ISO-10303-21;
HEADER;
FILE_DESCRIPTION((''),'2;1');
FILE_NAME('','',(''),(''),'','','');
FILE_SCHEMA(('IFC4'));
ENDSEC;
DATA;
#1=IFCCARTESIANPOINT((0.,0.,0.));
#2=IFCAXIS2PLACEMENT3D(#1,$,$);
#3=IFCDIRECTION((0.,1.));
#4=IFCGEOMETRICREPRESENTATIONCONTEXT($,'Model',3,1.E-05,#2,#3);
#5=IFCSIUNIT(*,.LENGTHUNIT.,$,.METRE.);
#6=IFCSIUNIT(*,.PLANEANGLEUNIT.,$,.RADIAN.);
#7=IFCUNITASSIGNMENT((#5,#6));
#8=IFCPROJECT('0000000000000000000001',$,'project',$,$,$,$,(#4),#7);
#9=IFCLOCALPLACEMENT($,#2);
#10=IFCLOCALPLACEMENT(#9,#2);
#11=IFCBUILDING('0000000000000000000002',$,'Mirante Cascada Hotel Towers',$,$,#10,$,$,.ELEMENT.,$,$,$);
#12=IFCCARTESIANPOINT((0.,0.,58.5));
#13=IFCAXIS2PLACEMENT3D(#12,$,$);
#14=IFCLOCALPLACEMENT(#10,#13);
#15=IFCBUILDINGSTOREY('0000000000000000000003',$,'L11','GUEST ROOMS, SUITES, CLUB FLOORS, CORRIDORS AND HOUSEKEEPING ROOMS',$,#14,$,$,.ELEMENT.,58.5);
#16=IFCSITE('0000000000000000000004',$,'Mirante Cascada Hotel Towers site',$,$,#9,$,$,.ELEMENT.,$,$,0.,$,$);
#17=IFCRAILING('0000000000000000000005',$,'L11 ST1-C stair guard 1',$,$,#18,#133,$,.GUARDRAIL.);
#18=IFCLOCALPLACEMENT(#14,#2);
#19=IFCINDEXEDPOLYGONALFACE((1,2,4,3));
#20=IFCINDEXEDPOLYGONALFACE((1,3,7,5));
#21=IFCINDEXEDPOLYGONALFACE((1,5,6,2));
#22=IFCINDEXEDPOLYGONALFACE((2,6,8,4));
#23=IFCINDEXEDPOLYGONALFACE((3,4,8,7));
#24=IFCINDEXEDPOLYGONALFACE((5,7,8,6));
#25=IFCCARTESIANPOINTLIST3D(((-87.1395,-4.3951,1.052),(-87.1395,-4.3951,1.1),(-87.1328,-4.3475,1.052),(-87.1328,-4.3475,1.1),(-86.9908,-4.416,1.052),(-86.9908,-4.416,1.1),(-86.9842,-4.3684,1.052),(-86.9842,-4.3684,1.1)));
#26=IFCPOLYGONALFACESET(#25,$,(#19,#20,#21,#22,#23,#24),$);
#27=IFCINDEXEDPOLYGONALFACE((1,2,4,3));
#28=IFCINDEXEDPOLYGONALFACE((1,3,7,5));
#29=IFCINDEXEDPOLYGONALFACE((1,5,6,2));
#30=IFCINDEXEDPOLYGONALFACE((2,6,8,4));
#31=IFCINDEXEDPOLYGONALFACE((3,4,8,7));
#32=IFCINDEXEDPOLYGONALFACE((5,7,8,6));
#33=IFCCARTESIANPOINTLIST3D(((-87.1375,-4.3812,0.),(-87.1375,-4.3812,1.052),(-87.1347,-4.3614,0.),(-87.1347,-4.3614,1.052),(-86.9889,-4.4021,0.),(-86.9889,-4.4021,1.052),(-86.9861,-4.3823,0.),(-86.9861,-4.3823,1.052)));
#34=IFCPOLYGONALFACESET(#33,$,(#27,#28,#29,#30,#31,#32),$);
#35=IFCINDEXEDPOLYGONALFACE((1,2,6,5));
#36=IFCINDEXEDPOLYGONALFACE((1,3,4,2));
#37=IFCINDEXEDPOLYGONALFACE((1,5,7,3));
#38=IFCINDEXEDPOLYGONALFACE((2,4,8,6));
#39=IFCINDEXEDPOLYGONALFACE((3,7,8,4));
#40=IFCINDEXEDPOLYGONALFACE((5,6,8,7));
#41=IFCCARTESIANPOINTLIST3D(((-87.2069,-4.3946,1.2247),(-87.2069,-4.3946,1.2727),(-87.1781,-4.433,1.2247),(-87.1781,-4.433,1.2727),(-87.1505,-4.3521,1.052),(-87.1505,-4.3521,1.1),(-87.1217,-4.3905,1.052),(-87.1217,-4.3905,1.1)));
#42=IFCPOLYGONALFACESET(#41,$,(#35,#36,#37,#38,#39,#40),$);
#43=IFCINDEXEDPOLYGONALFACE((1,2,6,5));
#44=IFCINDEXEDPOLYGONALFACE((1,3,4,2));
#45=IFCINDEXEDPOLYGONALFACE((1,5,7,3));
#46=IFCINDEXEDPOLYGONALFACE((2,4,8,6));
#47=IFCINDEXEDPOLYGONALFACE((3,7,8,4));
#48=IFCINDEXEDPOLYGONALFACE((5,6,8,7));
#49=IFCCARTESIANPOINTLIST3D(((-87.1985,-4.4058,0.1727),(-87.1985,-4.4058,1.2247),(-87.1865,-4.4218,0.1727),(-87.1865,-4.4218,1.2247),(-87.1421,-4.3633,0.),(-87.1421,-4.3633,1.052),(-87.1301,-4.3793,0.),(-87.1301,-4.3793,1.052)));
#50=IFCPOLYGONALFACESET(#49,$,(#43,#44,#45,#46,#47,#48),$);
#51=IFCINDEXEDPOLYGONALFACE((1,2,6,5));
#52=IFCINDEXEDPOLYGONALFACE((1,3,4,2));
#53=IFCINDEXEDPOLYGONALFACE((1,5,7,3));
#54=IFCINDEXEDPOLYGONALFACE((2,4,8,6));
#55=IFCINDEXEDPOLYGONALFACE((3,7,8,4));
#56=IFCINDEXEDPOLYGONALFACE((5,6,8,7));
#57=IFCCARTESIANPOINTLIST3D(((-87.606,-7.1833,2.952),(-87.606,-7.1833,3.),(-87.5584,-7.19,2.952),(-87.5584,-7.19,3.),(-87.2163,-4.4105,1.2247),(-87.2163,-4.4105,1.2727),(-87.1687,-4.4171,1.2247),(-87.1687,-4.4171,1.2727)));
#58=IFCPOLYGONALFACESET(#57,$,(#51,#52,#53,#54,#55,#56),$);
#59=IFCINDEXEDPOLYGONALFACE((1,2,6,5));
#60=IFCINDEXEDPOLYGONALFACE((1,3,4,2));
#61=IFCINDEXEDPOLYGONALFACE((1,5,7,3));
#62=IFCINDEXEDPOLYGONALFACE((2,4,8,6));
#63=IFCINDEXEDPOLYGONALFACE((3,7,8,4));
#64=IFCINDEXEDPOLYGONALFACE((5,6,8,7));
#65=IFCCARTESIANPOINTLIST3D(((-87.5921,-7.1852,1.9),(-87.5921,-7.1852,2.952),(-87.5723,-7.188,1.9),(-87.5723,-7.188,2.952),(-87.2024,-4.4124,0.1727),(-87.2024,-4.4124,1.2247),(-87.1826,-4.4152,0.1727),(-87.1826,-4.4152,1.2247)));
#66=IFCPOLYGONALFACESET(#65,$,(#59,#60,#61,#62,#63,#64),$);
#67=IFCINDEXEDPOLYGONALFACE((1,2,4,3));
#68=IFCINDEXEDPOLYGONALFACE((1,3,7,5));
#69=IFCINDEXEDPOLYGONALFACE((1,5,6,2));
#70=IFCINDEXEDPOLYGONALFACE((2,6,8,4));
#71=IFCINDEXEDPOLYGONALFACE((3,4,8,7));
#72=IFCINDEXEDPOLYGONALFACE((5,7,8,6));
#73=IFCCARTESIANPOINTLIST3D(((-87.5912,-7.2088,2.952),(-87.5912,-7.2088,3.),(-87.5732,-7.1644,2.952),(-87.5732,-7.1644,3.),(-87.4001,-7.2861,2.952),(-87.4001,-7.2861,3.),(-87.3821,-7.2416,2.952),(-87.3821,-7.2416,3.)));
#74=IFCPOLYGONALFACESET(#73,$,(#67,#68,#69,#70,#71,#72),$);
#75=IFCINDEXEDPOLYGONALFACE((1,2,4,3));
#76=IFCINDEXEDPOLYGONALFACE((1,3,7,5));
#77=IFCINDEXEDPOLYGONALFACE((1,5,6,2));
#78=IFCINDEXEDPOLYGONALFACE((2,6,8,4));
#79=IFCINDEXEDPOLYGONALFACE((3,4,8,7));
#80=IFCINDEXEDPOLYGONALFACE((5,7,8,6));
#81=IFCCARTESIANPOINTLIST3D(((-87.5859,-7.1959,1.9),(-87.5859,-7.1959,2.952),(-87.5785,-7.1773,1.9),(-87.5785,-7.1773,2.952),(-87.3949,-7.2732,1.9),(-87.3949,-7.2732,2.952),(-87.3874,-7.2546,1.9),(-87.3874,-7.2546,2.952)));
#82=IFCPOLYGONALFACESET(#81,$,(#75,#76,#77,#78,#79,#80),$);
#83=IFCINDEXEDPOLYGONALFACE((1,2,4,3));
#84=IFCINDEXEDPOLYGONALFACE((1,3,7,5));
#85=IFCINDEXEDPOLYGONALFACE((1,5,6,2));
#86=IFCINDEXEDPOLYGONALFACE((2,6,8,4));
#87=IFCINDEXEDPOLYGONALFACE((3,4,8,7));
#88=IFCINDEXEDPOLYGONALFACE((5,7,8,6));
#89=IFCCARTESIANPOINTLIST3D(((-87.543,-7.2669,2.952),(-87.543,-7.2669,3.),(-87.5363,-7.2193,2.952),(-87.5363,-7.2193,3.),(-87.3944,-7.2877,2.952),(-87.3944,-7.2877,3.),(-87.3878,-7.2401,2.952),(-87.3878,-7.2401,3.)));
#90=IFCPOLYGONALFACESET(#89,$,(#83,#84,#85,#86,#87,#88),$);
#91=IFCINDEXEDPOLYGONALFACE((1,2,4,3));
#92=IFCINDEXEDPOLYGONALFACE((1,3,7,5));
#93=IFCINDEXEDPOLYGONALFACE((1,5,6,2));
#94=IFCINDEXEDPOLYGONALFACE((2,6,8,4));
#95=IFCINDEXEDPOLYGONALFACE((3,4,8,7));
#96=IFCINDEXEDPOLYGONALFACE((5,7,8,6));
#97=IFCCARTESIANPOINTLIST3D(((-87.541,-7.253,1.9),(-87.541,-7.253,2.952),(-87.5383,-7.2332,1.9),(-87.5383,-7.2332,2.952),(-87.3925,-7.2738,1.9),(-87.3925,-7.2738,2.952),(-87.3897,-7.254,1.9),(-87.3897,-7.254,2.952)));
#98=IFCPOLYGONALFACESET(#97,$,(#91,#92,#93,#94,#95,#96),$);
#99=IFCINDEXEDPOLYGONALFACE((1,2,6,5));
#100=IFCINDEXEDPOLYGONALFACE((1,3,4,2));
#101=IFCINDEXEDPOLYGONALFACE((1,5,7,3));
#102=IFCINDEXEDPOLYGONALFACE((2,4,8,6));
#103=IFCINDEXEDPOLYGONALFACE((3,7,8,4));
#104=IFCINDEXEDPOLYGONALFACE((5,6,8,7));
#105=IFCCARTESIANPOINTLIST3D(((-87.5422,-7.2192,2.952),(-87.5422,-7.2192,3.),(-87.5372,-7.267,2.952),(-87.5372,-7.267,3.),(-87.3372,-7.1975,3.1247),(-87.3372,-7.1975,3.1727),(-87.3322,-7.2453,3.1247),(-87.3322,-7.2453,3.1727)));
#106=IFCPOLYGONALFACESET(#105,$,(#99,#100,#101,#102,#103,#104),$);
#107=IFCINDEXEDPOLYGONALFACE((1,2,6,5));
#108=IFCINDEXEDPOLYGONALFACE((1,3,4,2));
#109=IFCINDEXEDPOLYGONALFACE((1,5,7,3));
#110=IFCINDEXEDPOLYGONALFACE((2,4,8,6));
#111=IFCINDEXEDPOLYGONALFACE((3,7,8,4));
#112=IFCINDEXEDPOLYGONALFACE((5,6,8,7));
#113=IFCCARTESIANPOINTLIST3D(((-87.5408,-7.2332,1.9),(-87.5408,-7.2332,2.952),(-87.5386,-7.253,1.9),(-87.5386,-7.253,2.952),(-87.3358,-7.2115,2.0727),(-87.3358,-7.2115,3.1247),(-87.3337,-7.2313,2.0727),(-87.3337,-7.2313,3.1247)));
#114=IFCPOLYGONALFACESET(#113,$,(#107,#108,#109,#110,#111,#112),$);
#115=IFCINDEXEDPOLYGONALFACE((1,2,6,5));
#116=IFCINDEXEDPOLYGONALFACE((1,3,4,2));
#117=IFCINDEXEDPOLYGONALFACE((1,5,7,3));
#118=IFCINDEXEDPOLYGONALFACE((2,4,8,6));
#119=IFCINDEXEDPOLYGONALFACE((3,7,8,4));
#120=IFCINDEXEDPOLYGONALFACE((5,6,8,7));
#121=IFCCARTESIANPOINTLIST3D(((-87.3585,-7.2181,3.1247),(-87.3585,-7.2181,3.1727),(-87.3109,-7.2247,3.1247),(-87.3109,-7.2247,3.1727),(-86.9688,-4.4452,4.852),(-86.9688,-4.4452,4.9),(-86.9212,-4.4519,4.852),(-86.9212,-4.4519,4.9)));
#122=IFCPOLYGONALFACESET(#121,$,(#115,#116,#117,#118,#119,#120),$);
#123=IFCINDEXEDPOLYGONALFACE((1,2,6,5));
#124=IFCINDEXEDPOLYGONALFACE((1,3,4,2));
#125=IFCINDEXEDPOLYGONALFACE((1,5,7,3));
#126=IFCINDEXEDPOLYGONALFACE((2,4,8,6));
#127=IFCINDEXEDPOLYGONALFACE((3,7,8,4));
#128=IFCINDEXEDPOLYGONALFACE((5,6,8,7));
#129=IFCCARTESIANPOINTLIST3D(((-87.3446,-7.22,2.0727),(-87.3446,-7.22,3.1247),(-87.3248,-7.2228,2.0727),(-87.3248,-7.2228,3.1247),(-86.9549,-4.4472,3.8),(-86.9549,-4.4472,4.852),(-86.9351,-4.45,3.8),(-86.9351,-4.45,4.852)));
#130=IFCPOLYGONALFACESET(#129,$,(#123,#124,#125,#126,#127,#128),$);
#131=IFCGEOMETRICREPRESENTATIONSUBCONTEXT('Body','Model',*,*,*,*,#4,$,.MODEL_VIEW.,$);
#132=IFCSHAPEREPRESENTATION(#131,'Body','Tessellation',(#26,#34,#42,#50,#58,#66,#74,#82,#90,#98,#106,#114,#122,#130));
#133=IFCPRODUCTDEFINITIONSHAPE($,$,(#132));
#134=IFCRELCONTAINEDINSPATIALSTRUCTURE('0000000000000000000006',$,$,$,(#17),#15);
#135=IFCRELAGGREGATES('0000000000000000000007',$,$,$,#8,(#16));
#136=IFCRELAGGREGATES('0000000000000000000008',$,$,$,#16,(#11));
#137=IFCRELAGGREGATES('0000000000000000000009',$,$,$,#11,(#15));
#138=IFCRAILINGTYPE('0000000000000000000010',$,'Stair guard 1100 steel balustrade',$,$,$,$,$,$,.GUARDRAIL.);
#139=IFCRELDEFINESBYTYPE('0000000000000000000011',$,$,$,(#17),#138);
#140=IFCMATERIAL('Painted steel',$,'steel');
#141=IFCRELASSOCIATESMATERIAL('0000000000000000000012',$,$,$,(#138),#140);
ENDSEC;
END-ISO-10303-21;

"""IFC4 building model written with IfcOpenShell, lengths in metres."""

from ifc_helpers import new_model, si_unit, direction, frame, origin, origin_2d, place, context, subcontext, project, spatial, rectangle, extrude, material, type_object, element, save


model = new_model("IFC4")

# Units and contexts
model_context = context("Model", 3, precision=1e-05, world=origin(), true_north=direction((0.0, 1.0)))
body_context = subcontext(model_context, "Body", "Model", "MODEL_VIEW")
ifc_project = project(units=[si_unit("LENGTHUNIT", "METRE"), si_unit("PLANEANGLEUNIT", "RADIAN")], contexts=[model_context])

# Site, building, storey
site_placement = place(None, origin())
site = spatial("IfcSite", under=ifc_project, at=site_placement, Name="Mirante Cascada Hotel Towers site", CompositionType="ELEMENT", RefElevation=0.0)
building_placement = place(site_placement, origin())
building = spatial("IfcBuilding", under=site, at=building_placement, Name="Mirante Cascada Hotel Towers", CompositionType="ELEMENT")
storey_placement = place(building_placement, frame((0.0, 0.0, 58.5)))
storey = spatial("IfcBuildingStorey", under=building, at=storey_placement, Name="L11", Description="GUEST ROOMS, SUITES, CLUB FLOORS, CORRIDORS AND HOUSEKEEPING ROOMS", CompositionType="ELEMENT", Elevation=58.5)

# Railing
ifc_material_1 = material(Name="Painted steel", Category="steel")
railing_type = type_object("IfcRailingType", Name="Stair guard 1100 steel balustrade", PredefinedType="GUARDRAIL", material=ifc_material_1)
railing_placement = place(storey_placement, frame((-86.9875, -4.3922, 0.0)))
element("IfcRailing", 1, at=railing_placement, inside=storey, type_object=railing_type, Name="L11 ST1-C stair guard 1", PredefinedType="GUARDRAIL", context=body_context, shape_type="SweptSolid", body=[
    extrude(rectangle(XDim=0.048, YDim=0.048, at=origin_2d()), frame((0.0, 0.0, 1.076), z_axis=(-0.990254, 0.139275, 0.0), x_axis=(-0.139275, -0.990254, 0.0)), (0.0, 0.0, 1.0), 0.1501),
    extrude(rectangle(XDim=0.02, YDim=1.052, at=origin_2d()), frame((0.0, 0.0, 0.526), z_axis=(-0.990254, 0.139275, 0.0), x_axis=(-0.139275, -0.990254, 0.0)), (0.0, 0.0, 1.0), 0.1501),
    extrude(rectangle(XDim=0.048, YDim=0.048, at=origin_2d()), frame((-0.1486, 0.0209, 1.076), z_axis=(-0.798639, -0.601811, 0.0), x_axis=(0.601811, -0.798639, 0.0)), (0.0, 0.925603, 0.378496), 0.1866),
    extrude(rectangle(XDim=0.02, YDim=1.052, at=origin_2d()), frame((-0.1486, 0.0209, 0.526), z_axis=(-0.798639, -0.601811, 0.0), x_axis=(0.601811, -0.798639, 0.0)), (0.0, 0.925603, 0.378496), 0.1866),
    extrude(rectangle(XDim=0.048, YDim=0.048, at=origin_2d()), frame((-0.205, -0.0216, 1.2487), z_axis=(-0.139176, -0.990268, 0.0), x_axis=(0.990268, -0.139176, 0.0)), (0.0, 0.525021, 0.851089), 3.29),
    extrude(rectangle(XDim=0.02, YDim=1.052, at=origin_2d()), frame((-0.205, -0.0216, 0.6987), z_axis=(-0.139176, -0.990268, 0.0), x_axis=(0.990268, -0.139176, 0.0)), (0.0, 0.525021, 0.851089), 3.29),
    extrude(rectangle(XDim=0.048, YDim=0.048, at=origin_2d()), frame((-0.5947, -2.7944, 2.976), z_axis=(0.927031, -0.374984, 0.0), x_axis=(0.374984, 0.927031, 0.0)), (0.0, 0.0, 1.0), 0.2061),
    extrude(rectangle(XDim=0.02, YDim=1.052, at=origin_2d()), frame((-0.5947, -2.7944, 2.426), z_axis=(0.927031, -0.374984, 0.0), x_axis=(0.374984, 0.927031, 0.0)), (0.0, 0.0, 1.0), 0.2061),
    extrude(rectangle(XDim=0.048, YDim=0.048, at=origin_2d()), frame((-0.4036, -2.8717, 2.976), z_axis=(-0.990345, 0.138622, 0.0), x_axis=(-0.138622, -0.990345, 0.0)), (0.0, 0.0, 1.0), 0.15),
    extrude(rectangle(XDim=0.02, YDim=1.052, at=origin_2d()), frame((-0.4036, -2.8717, 2.426), z_axis=(-0.990345, 0.138622, 0.0), x_axis=(-0.138622, -0.990345, 0.0)), (0.0, 0.0, 1.0), 0.15),
    extrude(rectangle(XDim=0.048, YDim=0.048, at=origin_2d()), frame((-0.5522, -2.8509, 2.976), z_axis=(0.994444, 0.105266, 0.0), x_axis=(-0.105266, 0.994444, 0.0)), (0.0, 0.642184, 0.76655), 0.2689),
    extrude(rectangle(XDim=0.02, YDim=1.052, at=origin_2d()), frame((-0.5522, -2.8509, 2.426), z_axis=(0.994444, 0.105266, 0.0), x_axis=(-0.105266, 0.994444, 0.0)), (0.0, 0.642184, 0.76655), 0.2689),
    extrude(rectangle(XDim=0.048, YDim=0.048, at=origin_2d()), frame((-0.3472, -2.8292, 3.1487), z_axis=(0.139176, 0.990268, 0.0), x_axis=(-0.990268, 0.139176, 0.0)), (0.0, 0.525021, 0.851089), 3.29),
    extrude(rectangle(XDim=0.02, YDim=1.052, at=origin_2d()), frame((-0.3472, -2.8292, 2.5987), z_axis=(0.139176, 0.990268, 0.0), x_axis=(-0.990268, 0.139176, 0.0)), (0.0, 0.525021, 0.851089), 3.29),
])

save(model, "model.ifc")
